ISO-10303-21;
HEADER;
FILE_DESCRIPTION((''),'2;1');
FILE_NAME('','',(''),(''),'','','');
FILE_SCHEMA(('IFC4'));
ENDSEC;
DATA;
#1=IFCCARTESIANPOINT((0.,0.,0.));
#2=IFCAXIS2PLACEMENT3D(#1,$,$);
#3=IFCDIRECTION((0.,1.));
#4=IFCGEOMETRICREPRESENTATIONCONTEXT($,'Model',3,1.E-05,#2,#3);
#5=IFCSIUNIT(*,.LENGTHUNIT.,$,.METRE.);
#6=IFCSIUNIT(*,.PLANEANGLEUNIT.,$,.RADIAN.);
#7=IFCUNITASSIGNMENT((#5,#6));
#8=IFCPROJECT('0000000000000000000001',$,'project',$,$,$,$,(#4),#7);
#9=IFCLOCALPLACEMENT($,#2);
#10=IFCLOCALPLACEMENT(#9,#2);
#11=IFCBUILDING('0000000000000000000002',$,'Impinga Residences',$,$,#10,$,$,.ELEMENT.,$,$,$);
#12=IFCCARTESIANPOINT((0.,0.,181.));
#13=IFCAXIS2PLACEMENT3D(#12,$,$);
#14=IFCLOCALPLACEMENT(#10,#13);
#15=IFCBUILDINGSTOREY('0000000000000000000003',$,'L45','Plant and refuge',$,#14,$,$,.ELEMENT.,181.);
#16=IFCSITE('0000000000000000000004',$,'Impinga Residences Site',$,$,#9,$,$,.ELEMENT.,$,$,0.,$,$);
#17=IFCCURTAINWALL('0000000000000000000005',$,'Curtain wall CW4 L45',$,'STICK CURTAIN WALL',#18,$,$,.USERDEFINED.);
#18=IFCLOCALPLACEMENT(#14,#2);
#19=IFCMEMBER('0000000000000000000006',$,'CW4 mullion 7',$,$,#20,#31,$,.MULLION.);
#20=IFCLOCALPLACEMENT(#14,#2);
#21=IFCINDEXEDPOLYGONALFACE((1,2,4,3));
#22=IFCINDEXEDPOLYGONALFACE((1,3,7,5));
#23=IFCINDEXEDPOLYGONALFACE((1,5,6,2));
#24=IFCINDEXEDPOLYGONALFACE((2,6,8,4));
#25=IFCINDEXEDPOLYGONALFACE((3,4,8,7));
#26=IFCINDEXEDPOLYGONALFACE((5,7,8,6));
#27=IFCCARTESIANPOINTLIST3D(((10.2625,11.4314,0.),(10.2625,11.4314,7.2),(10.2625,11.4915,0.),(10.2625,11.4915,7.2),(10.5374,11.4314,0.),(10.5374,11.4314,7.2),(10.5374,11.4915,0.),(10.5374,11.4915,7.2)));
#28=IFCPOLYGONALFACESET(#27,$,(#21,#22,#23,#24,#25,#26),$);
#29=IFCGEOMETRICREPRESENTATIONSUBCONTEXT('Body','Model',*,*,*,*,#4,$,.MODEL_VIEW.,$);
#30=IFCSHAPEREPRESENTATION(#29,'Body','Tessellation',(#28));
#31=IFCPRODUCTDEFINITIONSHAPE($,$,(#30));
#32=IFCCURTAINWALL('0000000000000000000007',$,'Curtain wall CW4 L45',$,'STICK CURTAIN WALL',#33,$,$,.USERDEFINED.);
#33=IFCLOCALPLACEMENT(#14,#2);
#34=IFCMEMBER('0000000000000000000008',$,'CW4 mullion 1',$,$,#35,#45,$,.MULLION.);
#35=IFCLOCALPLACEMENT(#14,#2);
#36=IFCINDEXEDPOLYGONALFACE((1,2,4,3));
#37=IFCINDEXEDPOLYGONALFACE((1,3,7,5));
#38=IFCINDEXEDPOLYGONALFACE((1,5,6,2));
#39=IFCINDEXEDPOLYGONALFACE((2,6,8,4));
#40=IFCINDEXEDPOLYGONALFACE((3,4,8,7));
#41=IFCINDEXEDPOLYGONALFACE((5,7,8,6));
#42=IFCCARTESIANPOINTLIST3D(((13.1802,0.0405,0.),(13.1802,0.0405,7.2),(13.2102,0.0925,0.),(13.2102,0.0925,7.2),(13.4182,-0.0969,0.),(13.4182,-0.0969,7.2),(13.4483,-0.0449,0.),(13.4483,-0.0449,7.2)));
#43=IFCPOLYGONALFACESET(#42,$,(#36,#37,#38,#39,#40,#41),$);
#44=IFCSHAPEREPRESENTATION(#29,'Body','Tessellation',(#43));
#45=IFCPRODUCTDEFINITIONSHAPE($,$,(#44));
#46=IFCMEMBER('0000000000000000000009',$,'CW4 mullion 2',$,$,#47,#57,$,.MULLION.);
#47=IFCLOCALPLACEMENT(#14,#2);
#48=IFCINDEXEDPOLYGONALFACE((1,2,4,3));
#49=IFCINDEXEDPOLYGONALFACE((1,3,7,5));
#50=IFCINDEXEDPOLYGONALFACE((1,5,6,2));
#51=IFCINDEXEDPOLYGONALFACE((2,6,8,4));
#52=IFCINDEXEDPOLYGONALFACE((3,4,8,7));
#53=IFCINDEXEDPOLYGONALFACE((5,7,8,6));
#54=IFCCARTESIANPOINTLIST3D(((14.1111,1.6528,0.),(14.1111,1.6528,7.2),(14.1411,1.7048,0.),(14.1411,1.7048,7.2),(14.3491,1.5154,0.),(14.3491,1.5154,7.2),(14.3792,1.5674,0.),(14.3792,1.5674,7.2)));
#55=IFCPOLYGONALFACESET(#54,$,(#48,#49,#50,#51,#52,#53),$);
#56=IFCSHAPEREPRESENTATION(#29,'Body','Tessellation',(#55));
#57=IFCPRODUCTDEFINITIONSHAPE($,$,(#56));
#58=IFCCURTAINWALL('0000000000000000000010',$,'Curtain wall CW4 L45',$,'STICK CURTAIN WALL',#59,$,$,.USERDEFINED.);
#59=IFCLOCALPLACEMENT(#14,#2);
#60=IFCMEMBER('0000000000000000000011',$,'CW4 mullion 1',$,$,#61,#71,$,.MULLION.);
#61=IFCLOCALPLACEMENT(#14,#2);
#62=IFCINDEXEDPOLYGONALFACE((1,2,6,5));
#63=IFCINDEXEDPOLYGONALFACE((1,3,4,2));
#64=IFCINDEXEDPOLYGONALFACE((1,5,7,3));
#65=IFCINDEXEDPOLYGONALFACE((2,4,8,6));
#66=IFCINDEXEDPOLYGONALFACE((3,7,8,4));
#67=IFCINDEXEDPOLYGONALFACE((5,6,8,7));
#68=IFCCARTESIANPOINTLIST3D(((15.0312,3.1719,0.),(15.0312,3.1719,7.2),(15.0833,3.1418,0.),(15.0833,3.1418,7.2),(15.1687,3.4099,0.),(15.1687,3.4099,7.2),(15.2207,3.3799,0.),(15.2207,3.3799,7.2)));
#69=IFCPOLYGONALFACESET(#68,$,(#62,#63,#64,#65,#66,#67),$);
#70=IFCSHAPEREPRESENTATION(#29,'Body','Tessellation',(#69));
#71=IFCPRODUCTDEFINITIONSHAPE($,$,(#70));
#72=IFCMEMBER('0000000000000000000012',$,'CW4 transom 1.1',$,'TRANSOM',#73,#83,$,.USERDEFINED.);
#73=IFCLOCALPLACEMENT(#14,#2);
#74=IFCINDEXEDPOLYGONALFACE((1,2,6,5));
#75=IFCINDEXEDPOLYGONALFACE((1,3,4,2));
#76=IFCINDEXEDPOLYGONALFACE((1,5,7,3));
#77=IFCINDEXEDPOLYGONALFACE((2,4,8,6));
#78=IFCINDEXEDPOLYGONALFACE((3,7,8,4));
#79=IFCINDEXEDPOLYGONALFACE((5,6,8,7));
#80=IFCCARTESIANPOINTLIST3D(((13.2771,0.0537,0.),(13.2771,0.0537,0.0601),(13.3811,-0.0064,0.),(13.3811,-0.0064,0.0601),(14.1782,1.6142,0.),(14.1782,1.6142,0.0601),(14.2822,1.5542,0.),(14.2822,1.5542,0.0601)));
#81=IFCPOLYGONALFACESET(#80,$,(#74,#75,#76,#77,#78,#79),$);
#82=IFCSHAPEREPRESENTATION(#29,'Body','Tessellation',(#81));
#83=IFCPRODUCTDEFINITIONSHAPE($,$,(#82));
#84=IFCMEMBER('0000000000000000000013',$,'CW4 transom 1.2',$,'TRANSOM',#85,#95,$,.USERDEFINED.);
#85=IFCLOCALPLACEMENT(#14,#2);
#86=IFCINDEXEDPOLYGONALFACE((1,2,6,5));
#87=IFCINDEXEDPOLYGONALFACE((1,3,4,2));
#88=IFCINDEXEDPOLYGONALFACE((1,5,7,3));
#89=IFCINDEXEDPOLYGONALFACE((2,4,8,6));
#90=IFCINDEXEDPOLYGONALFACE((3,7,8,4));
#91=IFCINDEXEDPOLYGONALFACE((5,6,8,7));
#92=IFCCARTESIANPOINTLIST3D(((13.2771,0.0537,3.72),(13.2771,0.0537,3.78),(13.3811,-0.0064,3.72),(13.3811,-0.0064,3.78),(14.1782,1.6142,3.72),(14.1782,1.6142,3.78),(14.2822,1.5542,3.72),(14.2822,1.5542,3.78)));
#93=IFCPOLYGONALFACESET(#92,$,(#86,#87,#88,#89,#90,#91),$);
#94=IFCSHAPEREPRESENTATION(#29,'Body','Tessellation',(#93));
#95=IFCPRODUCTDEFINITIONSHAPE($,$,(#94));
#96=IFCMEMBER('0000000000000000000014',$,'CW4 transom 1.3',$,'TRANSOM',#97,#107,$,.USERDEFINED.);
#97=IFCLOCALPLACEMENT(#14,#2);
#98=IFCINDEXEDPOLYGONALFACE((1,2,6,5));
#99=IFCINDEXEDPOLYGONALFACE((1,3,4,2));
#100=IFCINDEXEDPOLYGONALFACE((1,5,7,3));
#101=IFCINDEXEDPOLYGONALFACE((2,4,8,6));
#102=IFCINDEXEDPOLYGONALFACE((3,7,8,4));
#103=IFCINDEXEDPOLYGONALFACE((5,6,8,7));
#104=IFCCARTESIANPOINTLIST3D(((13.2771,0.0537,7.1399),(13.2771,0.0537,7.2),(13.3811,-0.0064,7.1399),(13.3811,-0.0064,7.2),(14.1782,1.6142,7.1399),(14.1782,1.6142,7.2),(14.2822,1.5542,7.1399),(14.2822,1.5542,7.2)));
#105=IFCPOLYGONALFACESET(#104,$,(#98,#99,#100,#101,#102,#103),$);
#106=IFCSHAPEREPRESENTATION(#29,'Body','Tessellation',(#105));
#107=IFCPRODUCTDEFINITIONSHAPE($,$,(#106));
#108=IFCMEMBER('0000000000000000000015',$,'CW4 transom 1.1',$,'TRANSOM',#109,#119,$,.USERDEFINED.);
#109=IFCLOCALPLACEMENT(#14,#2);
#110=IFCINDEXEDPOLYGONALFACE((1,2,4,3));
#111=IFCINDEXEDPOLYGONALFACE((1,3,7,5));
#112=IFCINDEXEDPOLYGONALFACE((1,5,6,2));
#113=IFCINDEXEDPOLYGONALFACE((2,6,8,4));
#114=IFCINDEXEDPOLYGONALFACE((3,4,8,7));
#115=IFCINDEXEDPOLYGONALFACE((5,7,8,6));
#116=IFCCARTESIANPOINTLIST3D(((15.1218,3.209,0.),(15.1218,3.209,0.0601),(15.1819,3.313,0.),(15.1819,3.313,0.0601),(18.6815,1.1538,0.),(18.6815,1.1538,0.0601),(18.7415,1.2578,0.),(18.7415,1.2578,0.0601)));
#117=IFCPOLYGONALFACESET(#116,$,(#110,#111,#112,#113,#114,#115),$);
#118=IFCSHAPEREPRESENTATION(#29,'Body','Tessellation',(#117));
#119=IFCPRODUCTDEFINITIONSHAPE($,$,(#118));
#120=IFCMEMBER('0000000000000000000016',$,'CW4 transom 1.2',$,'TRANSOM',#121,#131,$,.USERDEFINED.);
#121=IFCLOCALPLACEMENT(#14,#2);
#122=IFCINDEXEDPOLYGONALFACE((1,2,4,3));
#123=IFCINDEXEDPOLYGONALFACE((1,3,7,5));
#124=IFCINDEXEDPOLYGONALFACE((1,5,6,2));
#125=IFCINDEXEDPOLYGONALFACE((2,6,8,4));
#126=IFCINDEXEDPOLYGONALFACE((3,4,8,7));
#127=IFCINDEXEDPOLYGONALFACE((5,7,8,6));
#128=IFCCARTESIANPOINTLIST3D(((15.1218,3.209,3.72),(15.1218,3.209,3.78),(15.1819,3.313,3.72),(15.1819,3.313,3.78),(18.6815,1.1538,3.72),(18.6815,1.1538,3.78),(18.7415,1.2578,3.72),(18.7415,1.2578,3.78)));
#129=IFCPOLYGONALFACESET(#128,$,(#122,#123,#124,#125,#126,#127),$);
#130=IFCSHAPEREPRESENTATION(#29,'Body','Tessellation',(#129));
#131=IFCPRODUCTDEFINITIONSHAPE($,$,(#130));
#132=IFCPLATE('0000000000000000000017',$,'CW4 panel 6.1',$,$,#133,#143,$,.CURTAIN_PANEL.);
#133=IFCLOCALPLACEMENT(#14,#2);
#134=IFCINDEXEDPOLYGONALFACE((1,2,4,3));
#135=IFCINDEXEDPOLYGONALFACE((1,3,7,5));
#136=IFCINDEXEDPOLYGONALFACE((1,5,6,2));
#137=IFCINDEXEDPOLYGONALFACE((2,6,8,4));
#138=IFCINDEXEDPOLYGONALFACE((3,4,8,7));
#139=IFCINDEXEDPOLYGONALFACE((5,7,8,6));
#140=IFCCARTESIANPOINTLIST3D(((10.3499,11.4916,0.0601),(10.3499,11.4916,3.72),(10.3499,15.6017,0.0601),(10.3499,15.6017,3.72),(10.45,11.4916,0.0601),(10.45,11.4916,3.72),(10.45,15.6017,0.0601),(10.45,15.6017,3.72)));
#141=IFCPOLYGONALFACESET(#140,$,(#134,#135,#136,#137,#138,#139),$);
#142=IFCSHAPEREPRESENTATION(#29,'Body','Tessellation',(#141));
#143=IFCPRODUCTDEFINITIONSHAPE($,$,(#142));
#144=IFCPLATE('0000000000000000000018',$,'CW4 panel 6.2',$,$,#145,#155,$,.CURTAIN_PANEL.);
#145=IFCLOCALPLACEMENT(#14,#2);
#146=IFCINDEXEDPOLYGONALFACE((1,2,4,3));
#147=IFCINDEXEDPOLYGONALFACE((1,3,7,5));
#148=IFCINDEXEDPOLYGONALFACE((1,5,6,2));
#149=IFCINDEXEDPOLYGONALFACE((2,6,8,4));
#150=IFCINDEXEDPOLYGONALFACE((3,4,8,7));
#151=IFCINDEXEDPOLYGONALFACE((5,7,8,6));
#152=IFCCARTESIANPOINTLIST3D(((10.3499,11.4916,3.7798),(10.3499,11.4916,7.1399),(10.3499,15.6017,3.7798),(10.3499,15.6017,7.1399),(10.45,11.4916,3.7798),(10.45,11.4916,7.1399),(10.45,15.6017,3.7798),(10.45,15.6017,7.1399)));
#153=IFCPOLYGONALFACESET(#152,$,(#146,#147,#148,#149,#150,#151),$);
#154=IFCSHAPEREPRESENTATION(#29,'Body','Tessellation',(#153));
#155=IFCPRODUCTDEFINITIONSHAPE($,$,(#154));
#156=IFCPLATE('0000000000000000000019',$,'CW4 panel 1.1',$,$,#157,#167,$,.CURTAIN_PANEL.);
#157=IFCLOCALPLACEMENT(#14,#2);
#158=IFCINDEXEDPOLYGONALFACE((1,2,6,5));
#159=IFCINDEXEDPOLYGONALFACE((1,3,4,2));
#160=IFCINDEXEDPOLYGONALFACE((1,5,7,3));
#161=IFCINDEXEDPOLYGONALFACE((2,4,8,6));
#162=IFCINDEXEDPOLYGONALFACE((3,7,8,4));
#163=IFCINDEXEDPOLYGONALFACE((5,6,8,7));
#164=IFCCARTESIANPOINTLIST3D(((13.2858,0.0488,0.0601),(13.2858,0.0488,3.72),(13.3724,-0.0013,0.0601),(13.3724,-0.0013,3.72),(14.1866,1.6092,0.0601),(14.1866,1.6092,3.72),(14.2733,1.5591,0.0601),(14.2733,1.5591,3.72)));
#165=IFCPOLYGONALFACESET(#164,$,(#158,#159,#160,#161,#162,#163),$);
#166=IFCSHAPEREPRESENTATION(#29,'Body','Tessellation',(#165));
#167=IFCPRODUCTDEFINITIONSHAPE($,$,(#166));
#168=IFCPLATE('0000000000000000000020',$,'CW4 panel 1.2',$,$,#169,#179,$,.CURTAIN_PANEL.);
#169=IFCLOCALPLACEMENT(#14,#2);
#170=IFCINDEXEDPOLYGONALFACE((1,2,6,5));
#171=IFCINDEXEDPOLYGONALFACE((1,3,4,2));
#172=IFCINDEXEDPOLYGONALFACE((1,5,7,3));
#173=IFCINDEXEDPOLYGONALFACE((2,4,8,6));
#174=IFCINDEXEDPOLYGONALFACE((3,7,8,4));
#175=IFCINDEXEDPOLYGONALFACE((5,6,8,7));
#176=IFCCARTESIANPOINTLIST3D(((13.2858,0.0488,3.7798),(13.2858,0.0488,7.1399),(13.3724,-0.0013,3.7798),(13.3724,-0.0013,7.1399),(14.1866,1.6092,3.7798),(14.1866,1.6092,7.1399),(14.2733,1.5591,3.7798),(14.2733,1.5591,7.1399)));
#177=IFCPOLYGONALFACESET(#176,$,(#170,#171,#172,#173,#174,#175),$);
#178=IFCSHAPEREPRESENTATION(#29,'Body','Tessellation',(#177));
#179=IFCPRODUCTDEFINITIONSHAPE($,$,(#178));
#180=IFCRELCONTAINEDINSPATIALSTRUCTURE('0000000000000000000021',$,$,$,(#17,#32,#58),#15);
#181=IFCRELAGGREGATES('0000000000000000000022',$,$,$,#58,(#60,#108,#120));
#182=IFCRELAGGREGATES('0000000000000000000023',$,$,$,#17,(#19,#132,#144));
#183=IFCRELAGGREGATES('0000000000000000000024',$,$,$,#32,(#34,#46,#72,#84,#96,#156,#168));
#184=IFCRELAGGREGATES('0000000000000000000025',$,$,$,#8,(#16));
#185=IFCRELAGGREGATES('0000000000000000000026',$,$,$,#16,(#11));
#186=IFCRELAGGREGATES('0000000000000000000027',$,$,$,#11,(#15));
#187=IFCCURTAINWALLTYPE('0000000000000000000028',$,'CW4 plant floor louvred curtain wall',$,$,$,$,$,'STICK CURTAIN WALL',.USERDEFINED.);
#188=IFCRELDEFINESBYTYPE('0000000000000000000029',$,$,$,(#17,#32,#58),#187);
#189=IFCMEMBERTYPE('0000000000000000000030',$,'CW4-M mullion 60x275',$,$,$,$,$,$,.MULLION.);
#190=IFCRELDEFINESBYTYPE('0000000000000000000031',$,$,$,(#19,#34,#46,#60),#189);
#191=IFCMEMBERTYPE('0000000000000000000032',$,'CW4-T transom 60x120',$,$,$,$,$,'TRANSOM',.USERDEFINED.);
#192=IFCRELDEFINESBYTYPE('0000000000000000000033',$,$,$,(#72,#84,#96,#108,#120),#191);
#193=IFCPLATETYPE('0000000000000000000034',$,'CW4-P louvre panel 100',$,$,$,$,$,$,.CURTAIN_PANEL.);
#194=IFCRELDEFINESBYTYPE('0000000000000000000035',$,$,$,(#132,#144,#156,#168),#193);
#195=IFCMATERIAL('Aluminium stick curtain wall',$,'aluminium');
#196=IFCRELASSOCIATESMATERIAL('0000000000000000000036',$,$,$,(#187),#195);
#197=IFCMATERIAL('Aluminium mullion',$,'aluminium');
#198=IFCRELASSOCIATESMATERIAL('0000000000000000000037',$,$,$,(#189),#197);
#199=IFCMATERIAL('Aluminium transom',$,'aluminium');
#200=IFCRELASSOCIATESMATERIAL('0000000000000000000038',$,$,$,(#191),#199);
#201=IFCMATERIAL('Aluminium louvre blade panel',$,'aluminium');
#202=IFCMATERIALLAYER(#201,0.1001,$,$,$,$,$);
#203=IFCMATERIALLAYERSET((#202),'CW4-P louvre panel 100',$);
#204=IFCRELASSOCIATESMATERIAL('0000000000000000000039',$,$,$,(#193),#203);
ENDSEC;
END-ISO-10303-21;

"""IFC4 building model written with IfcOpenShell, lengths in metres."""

from ifc_helpers import new_model, si_unit, direction, frame, origin, origin_2d, place, context, subcontext, project, spatial, rectangle, extrude, material, layer, layer_set, material_profile, profile_set, type_object, element, aggregate, save


model = new_model("IFC4")

# Units and contexts
model_context = context("Model", 3, precision=1e-05, world=origin(), true_north=direction((0.0, 1.0)))
body_context = subcontext(model_context, "Body", "Model", "MODEL_VIEW")
ifc_project = project(units=[si_unit("LENGTHUNIT", "METRE"), si_unit("PLANEANGLEUNIT", "RADIAN")], contexts=[model_context])

# Site, building, storey
site_placement = place(None, origin())
site = spatial("IfcSite", under=ifc_project, at=site_placement, Name="Impinga Residences Site", CompositionType="ELEMENT", RefElevation=0.0)
building_placement = place(site_placement, origin())
building = spatial("IfcBuilding", under=site, at=building_placement, Name="Impinga Residences", CompositionType="ELEMENT")
storey_placement = place(building_placement, frame((0.0, 0.0, 181.0)))
storey = spatial("IfcBuildingStorey", under=building, at=storey_placement, Name="L45", Description="Plant and refuge", CompositionType="ELEMENT", Elevation=181.0)

# Curtain wall, member
ifc_material_1 = material(Name="Aluminium stick curtain wall", Category="aluminium")
curtain_wall_type = type_object("IfcCurtainWallType", Name="CW4 plant floor louvred curtain wall", ElementType="STICK CURTAIN WALL", PredefinedType="USERDEFINED", material=ifc_material_1)
curtain_wall_1_placement = place(storey_placement, origin())
curtain_wall_1 = element("IfcCurtainWall", 1, at=curtain_wall_1_placement, inside=storey, type_object=curtain_wall_type, Name="Curtain wall CW4 L45", ObjectType="STICK CURTAIN WALL", PredefinedType="USERDEFINED")
ifc_material_2 = material(Name="Aluminium mullion", Category="aluminium")
ifc_material_profile_1 = material_profile(ifc_material_2, rectangle(XDim=0.0601, YDim=0.2749, at=origin_2d()), Name="60x275 mullion")
ifc_profile_set_1 = profile_set([ifc_material_profile_1], Name="Aluminium mullion")
member_type_1 = type_object("IfcMemberType", Name="CW4-M mullion 60x275", PredefinedType="MULLION", material=ifc_profile_set_1)
member_1_placement = place(storey_placement, frame((10.3999, 11.4614, 0.0), z_axis=(0.0, 0.0, 1.0), x_axis=(0.0, -1.0, 0.0)))
member_1 = element("IfcMember", 2, at=member_1_placement, type_object=member_type_1, Name="CW4 mullion 7", PredefinedType="MULLION", context=body_context, shape_type="SweptSolid", body=[
    extrude(rectangle(XDim=0.0601, YDim=0.2749, at=origin_2d()), origin(), (0.0, 0.0, 1.0), 7.2),
])

# Curtain wall, members
curtain_wall_2_placement = place(storey_placement, origin())
curtain_wall_2 = element("IfcCurtainWall", 3, at=curtain_wall_2_placement, inside=storey, type_object=curtain_wall_type, Name="Curtain wall CW4 L45", ObjectType="STICK CURTAIN WALL", PredefinedType="USERDEFINED")
member_2_placement = place(storey_placement, frame((13.3142, -0.0022, 0.0), z_axis=(0.0, 0.0, 1.0), x_axis=(0.5, 0.866025, 0.0)))
member_2 = element("IfcMember", 4, at=member_2_placement, type_object=member_type_1, Name="CW4 mullion 1", PredefinedType="MULLION", context=body_context, shape_type="SweptSolid", body=[
    extrude(rectangle(XDim=0.0601, YDim=0.2749, at=origin_2d()), origin(), (0.0, 0.0, 1.0), 7.2),
])
member_3_placement = place(storey_placement, frame((14.2451, 1.6101, 0.0), z_axis=(0.0, 0.0, 1.0), x_axis=(0.5, 0.866025, 0.0)))
member_3 = element("IfcMember", 5, at=member_3_placement, type_object=member_type_1, Name="CW4 mullion 2", PredefinedType="MULLION", context=body_context, shape_type="SweptSolid", body=[
    extrude(rectangle(XDim=0.0601, YDim=0.2749, at=origin_2d()), origin(), (0.0, 0.0, 1.0), 7.2),
])

# Curtain wall, member
curtain_wall_3_placement = place(storey_placement, origin())
curtain_wall_3 = element("IfcCurtainWall", 6, at=curtain_wall_3_placement, inside=storey, type_object=curtain_wall_type, Name="Curtain wall CW4 L45", ObjectType="STICK CURTAIN WALL", PredefinedType="USERDEFINED")
member_4_placement = place(storey_placement, frame((15.126, 3.2759, 0.0), z_axis=(0.0, 0.0, 1.0), x_axis=(0.866025, -0.5, 0.0)))
member_4 = element("IfcMember", 7, at=member_4_placement, type_object=member_type_1, Name="CW4 mullion 1", PredefinedType="MULLION", context=body_context, shape_type="SweptSolid", body=[
    extrude(rectangle(XDim=0.0601, YDim=0.2749, at=origin_2d()), origin(), (0.0, 0.0, 1.0), 7.2),
])

# Members
ifc_material_3 = material(Name="Aluminium transom", Category="aluminium")
ifc_material_profile_2 = material_profile(ifc_material_3, rectangle(XDim=0.0601, YDim=0.1201, at=origin_2d()), Name="60x120 transom")
ifc_profile_set_2 = profile_set([ifc_material_profile_2], Name="Aluminium transom")
member_type_2 = type_object("IfcMemberType", Name="CW4-T transom 60x120", ElementType="TRANSOM", PredefinedType="USERDEFINED", material=ifc_profile_set_2)
member_5_placement = place(storey_placement, frame((13.3291, 0.0237, 0.03), z_axis=(0.500059, 0.865992, 0.0), x_axis=(0.0, 0.0, 1.0)))
member_5 = element("IfcMember", 8, at=member_5_placement, type_object=member_type_2, Name="CW4 transom 1.1", ObjectType="TRANSOM", PredefinedType="USERDEFINED", context=body_context, shape_type="SweptSolid", body=[
    extrude(rectangle(XDim=0.0601, YDim=0.1201, at=origin_2d()), origin(), (0.0, 0.0, 1.0), 1.802),
])
member_6_placement = place(storey_placement, frame((13.3291, 0.0237, 3.75), z_axis=(0.500059, 0.865992, 0.0), x_axis=(0.0, 0.0, 1.0)))
member_6 = element("IfcMember", 9, at=member_6_placement, type_object=member_type_2, Name="CW4 transom 1.2", ObjectType="TRANSOM", PredefinedType="USERDEFINED", context=body_context, shape_type="SweptSolid", body=[
    extrude(rectangle(XDim=0.0601, YDim=0.1201, at=origin_2d()), origin(), (0.0, 0.0, 1.0), 1.802),
])
member_7_placement = place(storey_placement, frame((13.3291, 0.0237, 7.1699), z_axis=(0.500059, 0.865992, 0.0), x_axis=(0.0, 0.0, 1.0)))
member_7 = element("IfcMember", 10, at=member_7_placement, type_object=member_type_2, Name="CW4 transom 1.3", ObjectType="TRANSOM", PredefinedType="USERDEFINED", context=body_context, shape_type="SweptSolid", body=[
    extrude(rectangle(XDim=0.0601, YDim=0.1201, at=origin_2d()), origin(), (0.0, 0.0, 1.0), 1.802),
])
member_8_placement = place(storey_placement, frame((15.1519, 3.261, 0.03), z_axis=(0.866019, -0.50001, 0.0), x_axis=(0.0, 0.0, 1.0)))
member_8 = element("IfcMember", 11, at=member_8_placement, type_object=member_type_2, Name="CW4 transom 1.1", ObjectType="TRANSOM", PredefinedType="USERDEFINED", context=body_context, shape_type="SweptSolid", body=[
    extrude(rectangle(XDim=0.0601, YDim=0.1201, at=origin_2d()), origin(), (0.0, 0.0, 1.0), 4.1104),
])
member_9_placement = place(storey_placement, frame((15.1519, 3.261, 3.75), z_axis=(0.866019, -0.50001, 0.0), x_axis=(0.0, 0.0, 1.0)))
member_9 = element("IfcMember", 12, at=member_9_placement, type_object=member_type_2, Name="CW4 transom 1.2", ObjectType="TRANSOM", PredefinedType="USERDEFINED", context=body_context, shape_type="SweptSolid", body=[
    extrude(rectangle(XDim=0.0601, YDim=0.1201, at=origin_2d()), origin(), (0.0, 0.0, 1.0), 4.1104),
])
aggregate(curtain_wall_3, [member_4, member_8, member_9])

# Plates
ifc_material_4 = material(Name="Aluminium louvre blade panel", Category="aluminium")
ifc_layer_1 = layer(ifc_material_4, 0.1001)
ifc_layer_set_1 = layer_set([ifc_layer_1], Name="CW4-P louvre panel 100")
plate_type = type_object("IfcPlateType", Name="CW4-P louvre panel 100", PredefinedType="CURTAIN_PANEL", material=ifc_layer_set_1)
plate_1_placement = place(storey_placement, frame((10.3999, 13.5466, 0.0601), z_axis=(0.0, 0.0, 1.0), x_axis=(0.0, -1.0, 0.0)))
plate_1 = element("IfcPlate", 13, at=plate_1_placement, type_object=plate_type, Name="CW4 panel 6.1", PredefinedType="CURTAIN_PANEL", context=body_context, shape_type="SweptSolid", body=[
    extrude(rectangle(XDim=4.1101, YDim=0.1001, at=origin_2d()), origin(), (0.0, 0.0, 1.0), 3.6599),
])
plate_2_placement = place(storey_placement, frame((10.3999, 13.5466, 3.7798), z_axis=(0.0, 0.0, 1.0), x_axis=(0.0, -1.0, 0.0)))
plate_2 = element("IfcPlate", 14, at=plate_2_placement, type_object=plate_type, Name="CW4 panel 6.2", PredefinedType="CURTAIN_PANEL", context=body_context, shape_type="SweptSolid", body=[
    extrude(rectangle(XDim=4.1101, YDim=0.1001, at=origin_2d()), origin(), (0.0, 0.0, 1.0), 3.3601),
])
aggregate(curtain_wall_1, [member_1, plate_1, plate_2])
plate_3_placement = place(storey_placement, frame((13.7795, 0.804, 0.0601), z_axis=(0.0, 0.0, 1.0), x_axis=(0.5, 0.866025, 0.0)))
plate_3 = element("IfcPlate", 15, at=plate_3_placement, type_object=plate_type, Name="CW4 panel 1.1", PredefinedType="CURTAIN_PANEL", context=body_context, shape_type="SweptSolid", body=[
    extrude(rectangle(XDim=1.8018, YDim=0.1001, at=origin_2d()), origin(), (0.0, 0.0, 1.0), 3.6599),
])
plate_4_placement = place(storey_placement, frame((13.7795, 0.804, 3.7798), z_axis=(0.0, 0.0, 1.0), x_axis=(0.5, 0.866025, 0.0)))
plate_4 = element("IfcPlate", 16, at=plate_4_placement, type_object=plate_type, Name="CW4 panel 1.2", PredefinedType="CURTAIN_PANEL", context=body_context, shape_type="SweptSolid", body=[
    extrude(rectangle(XDim=1.8018, YDim=0.1001, at=origin_2d()), origin(), (0.0, 0.0, 1.0), 3.3601),
])
aggregate(curtain_wall_2, [member_2, member_3, member_5, member_6, member_7, plate_3, plate_4])

save(model, "model.ifc")
